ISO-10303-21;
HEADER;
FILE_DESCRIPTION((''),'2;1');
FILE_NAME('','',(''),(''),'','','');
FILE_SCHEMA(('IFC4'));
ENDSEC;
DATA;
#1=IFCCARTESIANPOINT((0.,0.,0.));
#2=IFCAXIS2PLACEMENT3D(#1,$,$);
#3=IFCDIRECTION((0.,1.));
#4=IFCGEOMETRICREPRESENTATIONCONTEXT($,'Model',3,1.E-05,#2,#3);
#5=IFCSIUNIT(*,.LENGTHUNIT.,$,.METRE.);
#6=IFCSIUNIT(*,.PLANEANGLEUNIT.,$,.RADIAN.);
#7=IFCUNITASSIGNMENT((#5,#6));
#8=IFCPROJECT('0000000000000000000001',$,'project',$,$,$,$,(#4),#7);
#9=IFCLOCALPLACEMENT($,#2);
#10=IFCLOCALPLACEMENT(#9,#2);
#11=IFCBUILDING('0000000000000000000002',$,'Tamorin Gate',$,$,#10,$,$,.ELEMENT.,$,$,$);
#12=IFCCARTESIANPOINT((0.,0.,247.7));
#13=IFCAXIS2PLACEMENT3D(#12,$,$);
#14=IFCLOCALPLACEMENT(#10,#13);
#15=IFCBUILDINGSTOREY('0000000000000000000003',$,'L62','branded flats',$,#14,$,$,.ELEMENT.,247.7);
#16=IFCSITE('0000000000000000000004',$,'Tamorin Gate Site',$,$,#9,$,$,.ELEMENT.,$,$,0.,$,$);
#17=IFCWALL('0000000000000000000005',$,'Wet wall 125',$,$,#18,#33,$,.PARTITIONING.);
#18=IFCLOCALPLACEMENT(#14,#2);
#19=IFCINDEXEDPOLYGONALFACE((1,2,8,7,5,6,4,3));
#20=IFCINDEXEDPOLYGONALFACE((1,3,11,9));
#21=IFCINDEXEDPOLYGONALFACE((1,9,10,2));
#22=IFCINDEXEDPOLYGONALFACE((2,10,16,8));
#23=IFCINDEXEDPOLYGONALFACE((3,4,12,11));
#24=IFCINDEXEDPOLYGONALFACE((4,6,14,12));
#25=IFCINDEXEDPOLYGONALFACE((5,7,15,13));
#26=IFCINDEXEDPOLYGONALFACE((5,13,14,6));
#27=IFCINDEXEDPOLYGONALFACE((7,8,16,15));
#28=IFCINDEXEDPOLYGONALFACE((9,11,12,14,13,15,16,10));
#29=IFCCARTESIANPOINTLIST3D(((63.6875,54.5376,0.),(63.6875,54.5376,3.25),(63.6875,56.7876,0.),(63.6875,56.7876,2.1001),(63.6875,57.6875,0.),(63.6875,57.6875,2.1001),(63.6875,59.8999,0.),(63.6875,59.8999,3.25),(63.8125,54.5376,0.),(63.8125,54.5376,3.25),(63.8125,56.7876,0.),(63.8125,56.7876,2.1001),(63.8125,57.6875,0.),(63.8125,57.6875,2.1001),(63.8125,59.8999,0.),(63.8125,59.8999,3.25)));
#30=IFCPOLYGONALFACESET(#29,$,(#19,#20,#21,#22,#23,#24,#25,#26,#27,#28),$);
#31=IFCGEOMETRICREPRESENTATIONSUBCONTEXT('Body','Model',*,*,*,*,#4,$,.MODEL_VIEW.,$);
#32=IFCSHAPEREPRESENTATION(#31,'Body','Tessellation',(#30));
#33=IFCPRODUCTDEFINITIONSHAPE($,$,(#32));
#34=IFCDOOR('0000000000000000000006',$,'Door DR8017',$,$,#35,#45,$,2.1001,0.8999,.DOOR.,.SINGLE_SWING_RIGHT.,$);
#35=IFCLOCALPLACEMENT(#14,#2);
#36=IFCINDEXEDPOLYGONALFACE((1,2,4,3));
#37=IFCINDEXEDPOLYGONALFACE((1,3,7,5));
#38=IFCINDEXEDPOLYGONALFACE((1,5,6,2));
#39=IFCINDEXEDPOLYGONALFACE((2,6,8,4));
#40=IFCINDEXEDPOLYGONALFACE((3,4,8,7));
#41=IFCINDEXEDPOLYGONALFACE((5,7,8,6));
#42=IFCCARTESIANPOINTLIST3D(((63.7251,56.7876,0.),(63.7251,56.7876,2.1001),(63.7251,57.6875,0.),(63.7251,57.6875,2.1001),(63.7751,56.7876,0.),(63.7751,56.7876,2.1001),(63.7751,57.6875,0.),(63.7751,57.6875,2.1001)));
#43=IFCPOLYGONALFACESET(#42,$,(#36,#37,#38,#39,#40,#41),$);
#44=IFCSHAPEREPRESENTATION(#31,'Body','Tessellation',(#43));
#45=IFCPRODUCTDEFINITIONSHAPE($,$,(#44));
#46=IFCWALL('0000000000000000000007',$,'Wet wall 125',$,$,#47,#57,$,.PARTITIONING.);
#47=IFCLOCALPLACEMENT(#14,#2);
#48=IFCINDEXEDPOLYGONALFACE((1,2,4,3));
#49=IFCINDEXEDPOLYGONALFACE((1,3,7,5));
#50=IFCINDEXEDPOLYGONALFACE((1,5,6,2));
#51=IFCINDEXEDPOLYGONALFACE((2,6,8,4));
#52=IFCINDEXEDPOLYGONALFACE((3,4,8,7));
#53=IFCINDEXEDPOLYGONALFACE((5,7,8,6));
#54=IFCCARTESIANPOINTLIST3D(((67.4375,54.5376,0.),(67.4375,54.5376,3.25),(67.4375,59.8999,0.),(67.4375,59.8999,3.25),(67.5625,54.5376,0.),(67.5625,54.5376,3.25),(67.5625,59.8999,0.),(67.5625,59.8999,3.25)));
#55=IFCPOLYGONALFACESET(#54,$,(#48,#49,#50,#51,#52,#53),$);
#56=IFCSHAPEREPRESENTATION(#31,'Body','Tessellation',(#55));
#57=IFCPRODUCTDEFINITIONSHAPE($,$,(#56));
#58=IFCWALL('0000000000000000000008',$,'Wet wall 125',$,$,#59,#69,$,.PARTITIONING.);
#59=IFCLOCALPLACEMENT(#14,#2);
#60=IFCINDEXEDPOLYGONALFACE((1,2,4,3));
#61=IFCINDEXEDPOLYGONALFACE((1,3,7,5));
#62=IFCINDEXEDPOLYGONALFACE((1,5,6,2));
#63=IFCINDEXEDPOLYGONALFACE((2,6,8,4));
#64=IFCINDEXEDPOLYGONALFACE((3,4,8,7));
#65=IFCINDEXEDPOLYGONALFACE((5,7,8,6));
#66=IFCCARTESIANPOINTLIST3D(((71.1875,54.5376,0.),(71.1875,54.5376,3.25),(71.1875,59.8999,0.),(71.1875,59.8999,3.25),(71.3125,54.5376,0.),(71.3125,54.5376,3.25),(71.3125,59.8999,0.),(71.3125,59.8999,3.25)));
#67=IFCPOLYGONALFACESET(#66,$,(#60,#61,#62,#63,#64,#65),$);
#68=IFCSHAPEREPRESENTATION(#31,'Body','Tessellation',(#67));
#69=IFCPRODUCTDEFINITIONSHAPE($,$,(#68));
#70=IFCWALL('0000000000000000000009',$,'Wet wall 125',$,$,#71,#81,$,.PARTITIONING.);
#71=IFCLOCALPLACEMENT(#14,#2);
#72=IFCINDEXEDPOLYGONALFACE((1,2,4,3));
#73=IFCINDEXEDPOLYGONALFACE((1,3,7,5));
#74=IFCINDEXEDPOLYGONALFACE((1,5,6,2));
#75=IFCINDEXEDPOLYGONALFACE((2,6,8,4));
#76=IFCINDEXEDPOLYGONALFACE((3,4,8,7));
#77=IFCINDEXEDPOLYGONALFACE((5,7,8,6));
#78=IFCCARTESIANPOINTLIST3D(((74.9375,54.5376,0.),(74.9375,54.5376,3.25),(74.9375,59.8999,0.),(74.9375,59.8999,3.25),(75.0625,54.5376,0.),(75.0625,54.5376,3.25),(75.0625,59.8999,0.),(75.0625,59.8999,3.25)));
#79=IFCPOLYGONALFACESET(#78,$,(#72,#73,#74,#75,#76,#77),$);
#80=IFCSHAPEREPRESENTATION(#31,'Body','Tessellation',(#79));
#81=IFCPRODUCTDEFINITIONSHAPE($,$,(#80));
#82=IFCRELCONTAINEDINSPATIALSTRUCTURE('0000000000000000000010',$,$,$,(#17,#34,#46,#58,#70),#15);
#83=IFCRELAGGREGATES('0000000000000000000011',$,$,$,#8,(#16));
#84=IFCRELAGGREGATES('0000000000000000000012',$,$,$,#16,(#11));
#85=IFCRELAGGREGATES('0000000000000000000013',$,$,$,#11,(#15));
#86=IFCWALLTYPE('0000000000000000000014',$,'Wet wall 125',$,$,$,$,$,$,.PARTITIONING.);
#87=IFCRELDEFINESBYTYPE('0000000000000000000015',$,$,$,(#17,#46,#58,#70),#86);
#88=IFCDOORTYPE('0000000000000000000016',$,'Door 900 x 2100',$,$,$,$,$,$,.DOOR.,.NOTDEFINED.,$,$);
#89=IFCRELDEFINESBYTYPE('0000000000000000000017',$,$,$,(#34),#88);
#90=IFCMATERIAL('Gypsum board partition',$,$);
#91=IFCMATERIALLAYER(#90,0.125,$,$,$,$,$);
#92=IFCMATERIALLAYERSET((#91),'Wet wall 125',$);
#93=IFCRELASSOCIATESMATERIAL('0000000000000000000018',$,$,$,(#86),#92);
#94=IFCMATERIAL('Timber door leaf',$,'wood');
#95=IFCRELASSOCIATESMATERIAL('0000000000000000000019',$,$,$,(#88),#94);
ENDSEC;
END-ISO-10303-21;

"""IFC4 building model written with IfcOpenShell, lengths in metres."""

from ifc_helpers import new_model, si_unit, direction, frame, frame_2d, origin, place, context, subcontext, project, spatial, rectangle, extrude, material, layer, layer_set, type_object, element, fill, save


model = new_model("IFC4")

# Units and contexts
model_context = context("Model", 3, precision=1e-05, world=origin(), true_north=direction((0.0, 1.0)))
body_context = subcontext(model_context, "Body", "Model", "MODEL_VIEW")
ifc_project = project(units=[si_unit("LENGTHUNIT", "METRE"), si_unit("PLANEANGLEUNIT", "RADIAN")], contexts=[model_context])

# Site, building, storey
site_placement = place(None, origin())
site = spatial("IfcSite", under=ifc_project, at=site_placement, Name="Tamorin Gate Site", CompositionType="ELEMENT", RefElevation=0.0)
building_placement = place(site_placement, origin())
building = spatial("IfcBuilding", under=site, at=building_placement, Name="Tamorin Gate", CompositionType="ELEMENT")
storey_placement = place(building_placement, frame((0.0, 0.0, 247.7)))
storey = spatial("IfcBuildingStorey", under=building, at=storey_placement, Name="L62", Description="branded flats", CompositionType="ELEMENT", Elevation=247.7)

# Shared definitions
ifc_material_1 = material(Name="Gypsum board partition")
ifc_material_2 = material(Name="Timber door leaf", Category="wood")

# Shared definitions
ifc_layer_1 = layer(ifc_material_1, 0.125)
ifc_layer_set_1 = layer_set([ifc_layer_1], Name="Wet wall 125")
wall_type_1 = type_object("IfcWallType", Name="Wet wall 125", PredefinedType="PARTITIONING", material=ifc_layer_set_1)
door_type_1 = type_object("IfcDoorType", Name="Door 900 x 2100", OperationType="NOTDEFINED", PredefinedType="DOOR", material=ifc_material_2)

# Wall, opening, door
wall_1_placement = place(storey_placement, frame((63.75, 54.5376, 0.0), z_axis=(0.0, 0.0, 1.0), x_axis=(0.0, 1.0, 0.0)))
wall_1 = element("IfcWall", 1, at=wall_1_placement, inside=storey, type_object=wall_type_1, Name="Wet wall 125", PredefinedType="PARTITIONING", context=body_context, shape_type="SweptSolid", body=[
    extrude(rectangle(XDim=5.3623, YDim=0.125, at=frame_2d((2.6812, 0.0))), origin(), (0.0, 0.0, 1.0), 3.25),
])
opening_1_placement = place(wall_1_placement, frame((2.25, 0.0, 0.0)))
opening_1 = element("IfcOpeningElement", 2, at=opening_1_placement, cuts=wall_1, PredefinedType="OPENING", context=body_context, shape_type="SweptSolid", body=[
    extrude(rectangle(XDim=0.8999, YDim=2.1001, at=frame_2d((0.45, 1.05))), frame((0.0, 0.0725, 0.0), z_axis=(0.0, -1.0, 0.0), x_axis=(1.0, 0.0, 0.0)), (0.0, 0.0, 1.0), 0.145),
])
door_1_placement = place(opening_1_placement, origin())
door_1 = element("IfcDoor", 3, at=door_1_placement, inside=storey, type_object=door_type_1, Name="Door DR8017", OperationType="SINGLE_SWING_RIGHT", OverallHeight=2.1001, OverallWidth=0.8999, PredefinedType="DOOR", context=body_context, shape_type="SweptSolid", body=[
    extrude(rectangle(XDim=0.8999, YDim=2.1001, at=frame_2d((0.45, 1.05))), frame((0.0, 0.0249, 0.0), z_axis=(0.0, -1.0, 0.0), x_axis=(1.0, 0.0, 0.0)), (0.0, 0.0, 1.0), 0.05),
])
fill(opening_1, door_1)

# Walls
for number, where, z_axis, x_axis, name in (
    (4, (67.5, 54.5376, 0.0), (0.0, 0.0, 1.0), (0.0, 1.0, 0.0), "Wet wall 125"),
    (5, (71.25, 54.5376, 0.0), (0.0, 0.0, 1.0), (0.0, 1.0, 0.0), "Wet wall 125"),
    (6, (75.0, 54.5376, 0.0), (0.0, 0.0, 1.0), (0.0, 1.0, 0.0), "Wet wall 125"),
):
    element("IfcWall", number, at=place(storey_placement, frame(where, z_axis=z_axis, x_axis=x_axis)), inside=storey, type_object=wall_type_1, Name=name, PredefinedType="PARTITIONING", context=body_context, shape_type="SweptSolid", body=[
        extrude(rectangle(XDim=5.3623, YDim=0.125, at=frame_2d((2.6812, 0.0))), origin(), (0.0, 0.0, 1.0), 3.25),
    ])

save(model, "model.ifc")
